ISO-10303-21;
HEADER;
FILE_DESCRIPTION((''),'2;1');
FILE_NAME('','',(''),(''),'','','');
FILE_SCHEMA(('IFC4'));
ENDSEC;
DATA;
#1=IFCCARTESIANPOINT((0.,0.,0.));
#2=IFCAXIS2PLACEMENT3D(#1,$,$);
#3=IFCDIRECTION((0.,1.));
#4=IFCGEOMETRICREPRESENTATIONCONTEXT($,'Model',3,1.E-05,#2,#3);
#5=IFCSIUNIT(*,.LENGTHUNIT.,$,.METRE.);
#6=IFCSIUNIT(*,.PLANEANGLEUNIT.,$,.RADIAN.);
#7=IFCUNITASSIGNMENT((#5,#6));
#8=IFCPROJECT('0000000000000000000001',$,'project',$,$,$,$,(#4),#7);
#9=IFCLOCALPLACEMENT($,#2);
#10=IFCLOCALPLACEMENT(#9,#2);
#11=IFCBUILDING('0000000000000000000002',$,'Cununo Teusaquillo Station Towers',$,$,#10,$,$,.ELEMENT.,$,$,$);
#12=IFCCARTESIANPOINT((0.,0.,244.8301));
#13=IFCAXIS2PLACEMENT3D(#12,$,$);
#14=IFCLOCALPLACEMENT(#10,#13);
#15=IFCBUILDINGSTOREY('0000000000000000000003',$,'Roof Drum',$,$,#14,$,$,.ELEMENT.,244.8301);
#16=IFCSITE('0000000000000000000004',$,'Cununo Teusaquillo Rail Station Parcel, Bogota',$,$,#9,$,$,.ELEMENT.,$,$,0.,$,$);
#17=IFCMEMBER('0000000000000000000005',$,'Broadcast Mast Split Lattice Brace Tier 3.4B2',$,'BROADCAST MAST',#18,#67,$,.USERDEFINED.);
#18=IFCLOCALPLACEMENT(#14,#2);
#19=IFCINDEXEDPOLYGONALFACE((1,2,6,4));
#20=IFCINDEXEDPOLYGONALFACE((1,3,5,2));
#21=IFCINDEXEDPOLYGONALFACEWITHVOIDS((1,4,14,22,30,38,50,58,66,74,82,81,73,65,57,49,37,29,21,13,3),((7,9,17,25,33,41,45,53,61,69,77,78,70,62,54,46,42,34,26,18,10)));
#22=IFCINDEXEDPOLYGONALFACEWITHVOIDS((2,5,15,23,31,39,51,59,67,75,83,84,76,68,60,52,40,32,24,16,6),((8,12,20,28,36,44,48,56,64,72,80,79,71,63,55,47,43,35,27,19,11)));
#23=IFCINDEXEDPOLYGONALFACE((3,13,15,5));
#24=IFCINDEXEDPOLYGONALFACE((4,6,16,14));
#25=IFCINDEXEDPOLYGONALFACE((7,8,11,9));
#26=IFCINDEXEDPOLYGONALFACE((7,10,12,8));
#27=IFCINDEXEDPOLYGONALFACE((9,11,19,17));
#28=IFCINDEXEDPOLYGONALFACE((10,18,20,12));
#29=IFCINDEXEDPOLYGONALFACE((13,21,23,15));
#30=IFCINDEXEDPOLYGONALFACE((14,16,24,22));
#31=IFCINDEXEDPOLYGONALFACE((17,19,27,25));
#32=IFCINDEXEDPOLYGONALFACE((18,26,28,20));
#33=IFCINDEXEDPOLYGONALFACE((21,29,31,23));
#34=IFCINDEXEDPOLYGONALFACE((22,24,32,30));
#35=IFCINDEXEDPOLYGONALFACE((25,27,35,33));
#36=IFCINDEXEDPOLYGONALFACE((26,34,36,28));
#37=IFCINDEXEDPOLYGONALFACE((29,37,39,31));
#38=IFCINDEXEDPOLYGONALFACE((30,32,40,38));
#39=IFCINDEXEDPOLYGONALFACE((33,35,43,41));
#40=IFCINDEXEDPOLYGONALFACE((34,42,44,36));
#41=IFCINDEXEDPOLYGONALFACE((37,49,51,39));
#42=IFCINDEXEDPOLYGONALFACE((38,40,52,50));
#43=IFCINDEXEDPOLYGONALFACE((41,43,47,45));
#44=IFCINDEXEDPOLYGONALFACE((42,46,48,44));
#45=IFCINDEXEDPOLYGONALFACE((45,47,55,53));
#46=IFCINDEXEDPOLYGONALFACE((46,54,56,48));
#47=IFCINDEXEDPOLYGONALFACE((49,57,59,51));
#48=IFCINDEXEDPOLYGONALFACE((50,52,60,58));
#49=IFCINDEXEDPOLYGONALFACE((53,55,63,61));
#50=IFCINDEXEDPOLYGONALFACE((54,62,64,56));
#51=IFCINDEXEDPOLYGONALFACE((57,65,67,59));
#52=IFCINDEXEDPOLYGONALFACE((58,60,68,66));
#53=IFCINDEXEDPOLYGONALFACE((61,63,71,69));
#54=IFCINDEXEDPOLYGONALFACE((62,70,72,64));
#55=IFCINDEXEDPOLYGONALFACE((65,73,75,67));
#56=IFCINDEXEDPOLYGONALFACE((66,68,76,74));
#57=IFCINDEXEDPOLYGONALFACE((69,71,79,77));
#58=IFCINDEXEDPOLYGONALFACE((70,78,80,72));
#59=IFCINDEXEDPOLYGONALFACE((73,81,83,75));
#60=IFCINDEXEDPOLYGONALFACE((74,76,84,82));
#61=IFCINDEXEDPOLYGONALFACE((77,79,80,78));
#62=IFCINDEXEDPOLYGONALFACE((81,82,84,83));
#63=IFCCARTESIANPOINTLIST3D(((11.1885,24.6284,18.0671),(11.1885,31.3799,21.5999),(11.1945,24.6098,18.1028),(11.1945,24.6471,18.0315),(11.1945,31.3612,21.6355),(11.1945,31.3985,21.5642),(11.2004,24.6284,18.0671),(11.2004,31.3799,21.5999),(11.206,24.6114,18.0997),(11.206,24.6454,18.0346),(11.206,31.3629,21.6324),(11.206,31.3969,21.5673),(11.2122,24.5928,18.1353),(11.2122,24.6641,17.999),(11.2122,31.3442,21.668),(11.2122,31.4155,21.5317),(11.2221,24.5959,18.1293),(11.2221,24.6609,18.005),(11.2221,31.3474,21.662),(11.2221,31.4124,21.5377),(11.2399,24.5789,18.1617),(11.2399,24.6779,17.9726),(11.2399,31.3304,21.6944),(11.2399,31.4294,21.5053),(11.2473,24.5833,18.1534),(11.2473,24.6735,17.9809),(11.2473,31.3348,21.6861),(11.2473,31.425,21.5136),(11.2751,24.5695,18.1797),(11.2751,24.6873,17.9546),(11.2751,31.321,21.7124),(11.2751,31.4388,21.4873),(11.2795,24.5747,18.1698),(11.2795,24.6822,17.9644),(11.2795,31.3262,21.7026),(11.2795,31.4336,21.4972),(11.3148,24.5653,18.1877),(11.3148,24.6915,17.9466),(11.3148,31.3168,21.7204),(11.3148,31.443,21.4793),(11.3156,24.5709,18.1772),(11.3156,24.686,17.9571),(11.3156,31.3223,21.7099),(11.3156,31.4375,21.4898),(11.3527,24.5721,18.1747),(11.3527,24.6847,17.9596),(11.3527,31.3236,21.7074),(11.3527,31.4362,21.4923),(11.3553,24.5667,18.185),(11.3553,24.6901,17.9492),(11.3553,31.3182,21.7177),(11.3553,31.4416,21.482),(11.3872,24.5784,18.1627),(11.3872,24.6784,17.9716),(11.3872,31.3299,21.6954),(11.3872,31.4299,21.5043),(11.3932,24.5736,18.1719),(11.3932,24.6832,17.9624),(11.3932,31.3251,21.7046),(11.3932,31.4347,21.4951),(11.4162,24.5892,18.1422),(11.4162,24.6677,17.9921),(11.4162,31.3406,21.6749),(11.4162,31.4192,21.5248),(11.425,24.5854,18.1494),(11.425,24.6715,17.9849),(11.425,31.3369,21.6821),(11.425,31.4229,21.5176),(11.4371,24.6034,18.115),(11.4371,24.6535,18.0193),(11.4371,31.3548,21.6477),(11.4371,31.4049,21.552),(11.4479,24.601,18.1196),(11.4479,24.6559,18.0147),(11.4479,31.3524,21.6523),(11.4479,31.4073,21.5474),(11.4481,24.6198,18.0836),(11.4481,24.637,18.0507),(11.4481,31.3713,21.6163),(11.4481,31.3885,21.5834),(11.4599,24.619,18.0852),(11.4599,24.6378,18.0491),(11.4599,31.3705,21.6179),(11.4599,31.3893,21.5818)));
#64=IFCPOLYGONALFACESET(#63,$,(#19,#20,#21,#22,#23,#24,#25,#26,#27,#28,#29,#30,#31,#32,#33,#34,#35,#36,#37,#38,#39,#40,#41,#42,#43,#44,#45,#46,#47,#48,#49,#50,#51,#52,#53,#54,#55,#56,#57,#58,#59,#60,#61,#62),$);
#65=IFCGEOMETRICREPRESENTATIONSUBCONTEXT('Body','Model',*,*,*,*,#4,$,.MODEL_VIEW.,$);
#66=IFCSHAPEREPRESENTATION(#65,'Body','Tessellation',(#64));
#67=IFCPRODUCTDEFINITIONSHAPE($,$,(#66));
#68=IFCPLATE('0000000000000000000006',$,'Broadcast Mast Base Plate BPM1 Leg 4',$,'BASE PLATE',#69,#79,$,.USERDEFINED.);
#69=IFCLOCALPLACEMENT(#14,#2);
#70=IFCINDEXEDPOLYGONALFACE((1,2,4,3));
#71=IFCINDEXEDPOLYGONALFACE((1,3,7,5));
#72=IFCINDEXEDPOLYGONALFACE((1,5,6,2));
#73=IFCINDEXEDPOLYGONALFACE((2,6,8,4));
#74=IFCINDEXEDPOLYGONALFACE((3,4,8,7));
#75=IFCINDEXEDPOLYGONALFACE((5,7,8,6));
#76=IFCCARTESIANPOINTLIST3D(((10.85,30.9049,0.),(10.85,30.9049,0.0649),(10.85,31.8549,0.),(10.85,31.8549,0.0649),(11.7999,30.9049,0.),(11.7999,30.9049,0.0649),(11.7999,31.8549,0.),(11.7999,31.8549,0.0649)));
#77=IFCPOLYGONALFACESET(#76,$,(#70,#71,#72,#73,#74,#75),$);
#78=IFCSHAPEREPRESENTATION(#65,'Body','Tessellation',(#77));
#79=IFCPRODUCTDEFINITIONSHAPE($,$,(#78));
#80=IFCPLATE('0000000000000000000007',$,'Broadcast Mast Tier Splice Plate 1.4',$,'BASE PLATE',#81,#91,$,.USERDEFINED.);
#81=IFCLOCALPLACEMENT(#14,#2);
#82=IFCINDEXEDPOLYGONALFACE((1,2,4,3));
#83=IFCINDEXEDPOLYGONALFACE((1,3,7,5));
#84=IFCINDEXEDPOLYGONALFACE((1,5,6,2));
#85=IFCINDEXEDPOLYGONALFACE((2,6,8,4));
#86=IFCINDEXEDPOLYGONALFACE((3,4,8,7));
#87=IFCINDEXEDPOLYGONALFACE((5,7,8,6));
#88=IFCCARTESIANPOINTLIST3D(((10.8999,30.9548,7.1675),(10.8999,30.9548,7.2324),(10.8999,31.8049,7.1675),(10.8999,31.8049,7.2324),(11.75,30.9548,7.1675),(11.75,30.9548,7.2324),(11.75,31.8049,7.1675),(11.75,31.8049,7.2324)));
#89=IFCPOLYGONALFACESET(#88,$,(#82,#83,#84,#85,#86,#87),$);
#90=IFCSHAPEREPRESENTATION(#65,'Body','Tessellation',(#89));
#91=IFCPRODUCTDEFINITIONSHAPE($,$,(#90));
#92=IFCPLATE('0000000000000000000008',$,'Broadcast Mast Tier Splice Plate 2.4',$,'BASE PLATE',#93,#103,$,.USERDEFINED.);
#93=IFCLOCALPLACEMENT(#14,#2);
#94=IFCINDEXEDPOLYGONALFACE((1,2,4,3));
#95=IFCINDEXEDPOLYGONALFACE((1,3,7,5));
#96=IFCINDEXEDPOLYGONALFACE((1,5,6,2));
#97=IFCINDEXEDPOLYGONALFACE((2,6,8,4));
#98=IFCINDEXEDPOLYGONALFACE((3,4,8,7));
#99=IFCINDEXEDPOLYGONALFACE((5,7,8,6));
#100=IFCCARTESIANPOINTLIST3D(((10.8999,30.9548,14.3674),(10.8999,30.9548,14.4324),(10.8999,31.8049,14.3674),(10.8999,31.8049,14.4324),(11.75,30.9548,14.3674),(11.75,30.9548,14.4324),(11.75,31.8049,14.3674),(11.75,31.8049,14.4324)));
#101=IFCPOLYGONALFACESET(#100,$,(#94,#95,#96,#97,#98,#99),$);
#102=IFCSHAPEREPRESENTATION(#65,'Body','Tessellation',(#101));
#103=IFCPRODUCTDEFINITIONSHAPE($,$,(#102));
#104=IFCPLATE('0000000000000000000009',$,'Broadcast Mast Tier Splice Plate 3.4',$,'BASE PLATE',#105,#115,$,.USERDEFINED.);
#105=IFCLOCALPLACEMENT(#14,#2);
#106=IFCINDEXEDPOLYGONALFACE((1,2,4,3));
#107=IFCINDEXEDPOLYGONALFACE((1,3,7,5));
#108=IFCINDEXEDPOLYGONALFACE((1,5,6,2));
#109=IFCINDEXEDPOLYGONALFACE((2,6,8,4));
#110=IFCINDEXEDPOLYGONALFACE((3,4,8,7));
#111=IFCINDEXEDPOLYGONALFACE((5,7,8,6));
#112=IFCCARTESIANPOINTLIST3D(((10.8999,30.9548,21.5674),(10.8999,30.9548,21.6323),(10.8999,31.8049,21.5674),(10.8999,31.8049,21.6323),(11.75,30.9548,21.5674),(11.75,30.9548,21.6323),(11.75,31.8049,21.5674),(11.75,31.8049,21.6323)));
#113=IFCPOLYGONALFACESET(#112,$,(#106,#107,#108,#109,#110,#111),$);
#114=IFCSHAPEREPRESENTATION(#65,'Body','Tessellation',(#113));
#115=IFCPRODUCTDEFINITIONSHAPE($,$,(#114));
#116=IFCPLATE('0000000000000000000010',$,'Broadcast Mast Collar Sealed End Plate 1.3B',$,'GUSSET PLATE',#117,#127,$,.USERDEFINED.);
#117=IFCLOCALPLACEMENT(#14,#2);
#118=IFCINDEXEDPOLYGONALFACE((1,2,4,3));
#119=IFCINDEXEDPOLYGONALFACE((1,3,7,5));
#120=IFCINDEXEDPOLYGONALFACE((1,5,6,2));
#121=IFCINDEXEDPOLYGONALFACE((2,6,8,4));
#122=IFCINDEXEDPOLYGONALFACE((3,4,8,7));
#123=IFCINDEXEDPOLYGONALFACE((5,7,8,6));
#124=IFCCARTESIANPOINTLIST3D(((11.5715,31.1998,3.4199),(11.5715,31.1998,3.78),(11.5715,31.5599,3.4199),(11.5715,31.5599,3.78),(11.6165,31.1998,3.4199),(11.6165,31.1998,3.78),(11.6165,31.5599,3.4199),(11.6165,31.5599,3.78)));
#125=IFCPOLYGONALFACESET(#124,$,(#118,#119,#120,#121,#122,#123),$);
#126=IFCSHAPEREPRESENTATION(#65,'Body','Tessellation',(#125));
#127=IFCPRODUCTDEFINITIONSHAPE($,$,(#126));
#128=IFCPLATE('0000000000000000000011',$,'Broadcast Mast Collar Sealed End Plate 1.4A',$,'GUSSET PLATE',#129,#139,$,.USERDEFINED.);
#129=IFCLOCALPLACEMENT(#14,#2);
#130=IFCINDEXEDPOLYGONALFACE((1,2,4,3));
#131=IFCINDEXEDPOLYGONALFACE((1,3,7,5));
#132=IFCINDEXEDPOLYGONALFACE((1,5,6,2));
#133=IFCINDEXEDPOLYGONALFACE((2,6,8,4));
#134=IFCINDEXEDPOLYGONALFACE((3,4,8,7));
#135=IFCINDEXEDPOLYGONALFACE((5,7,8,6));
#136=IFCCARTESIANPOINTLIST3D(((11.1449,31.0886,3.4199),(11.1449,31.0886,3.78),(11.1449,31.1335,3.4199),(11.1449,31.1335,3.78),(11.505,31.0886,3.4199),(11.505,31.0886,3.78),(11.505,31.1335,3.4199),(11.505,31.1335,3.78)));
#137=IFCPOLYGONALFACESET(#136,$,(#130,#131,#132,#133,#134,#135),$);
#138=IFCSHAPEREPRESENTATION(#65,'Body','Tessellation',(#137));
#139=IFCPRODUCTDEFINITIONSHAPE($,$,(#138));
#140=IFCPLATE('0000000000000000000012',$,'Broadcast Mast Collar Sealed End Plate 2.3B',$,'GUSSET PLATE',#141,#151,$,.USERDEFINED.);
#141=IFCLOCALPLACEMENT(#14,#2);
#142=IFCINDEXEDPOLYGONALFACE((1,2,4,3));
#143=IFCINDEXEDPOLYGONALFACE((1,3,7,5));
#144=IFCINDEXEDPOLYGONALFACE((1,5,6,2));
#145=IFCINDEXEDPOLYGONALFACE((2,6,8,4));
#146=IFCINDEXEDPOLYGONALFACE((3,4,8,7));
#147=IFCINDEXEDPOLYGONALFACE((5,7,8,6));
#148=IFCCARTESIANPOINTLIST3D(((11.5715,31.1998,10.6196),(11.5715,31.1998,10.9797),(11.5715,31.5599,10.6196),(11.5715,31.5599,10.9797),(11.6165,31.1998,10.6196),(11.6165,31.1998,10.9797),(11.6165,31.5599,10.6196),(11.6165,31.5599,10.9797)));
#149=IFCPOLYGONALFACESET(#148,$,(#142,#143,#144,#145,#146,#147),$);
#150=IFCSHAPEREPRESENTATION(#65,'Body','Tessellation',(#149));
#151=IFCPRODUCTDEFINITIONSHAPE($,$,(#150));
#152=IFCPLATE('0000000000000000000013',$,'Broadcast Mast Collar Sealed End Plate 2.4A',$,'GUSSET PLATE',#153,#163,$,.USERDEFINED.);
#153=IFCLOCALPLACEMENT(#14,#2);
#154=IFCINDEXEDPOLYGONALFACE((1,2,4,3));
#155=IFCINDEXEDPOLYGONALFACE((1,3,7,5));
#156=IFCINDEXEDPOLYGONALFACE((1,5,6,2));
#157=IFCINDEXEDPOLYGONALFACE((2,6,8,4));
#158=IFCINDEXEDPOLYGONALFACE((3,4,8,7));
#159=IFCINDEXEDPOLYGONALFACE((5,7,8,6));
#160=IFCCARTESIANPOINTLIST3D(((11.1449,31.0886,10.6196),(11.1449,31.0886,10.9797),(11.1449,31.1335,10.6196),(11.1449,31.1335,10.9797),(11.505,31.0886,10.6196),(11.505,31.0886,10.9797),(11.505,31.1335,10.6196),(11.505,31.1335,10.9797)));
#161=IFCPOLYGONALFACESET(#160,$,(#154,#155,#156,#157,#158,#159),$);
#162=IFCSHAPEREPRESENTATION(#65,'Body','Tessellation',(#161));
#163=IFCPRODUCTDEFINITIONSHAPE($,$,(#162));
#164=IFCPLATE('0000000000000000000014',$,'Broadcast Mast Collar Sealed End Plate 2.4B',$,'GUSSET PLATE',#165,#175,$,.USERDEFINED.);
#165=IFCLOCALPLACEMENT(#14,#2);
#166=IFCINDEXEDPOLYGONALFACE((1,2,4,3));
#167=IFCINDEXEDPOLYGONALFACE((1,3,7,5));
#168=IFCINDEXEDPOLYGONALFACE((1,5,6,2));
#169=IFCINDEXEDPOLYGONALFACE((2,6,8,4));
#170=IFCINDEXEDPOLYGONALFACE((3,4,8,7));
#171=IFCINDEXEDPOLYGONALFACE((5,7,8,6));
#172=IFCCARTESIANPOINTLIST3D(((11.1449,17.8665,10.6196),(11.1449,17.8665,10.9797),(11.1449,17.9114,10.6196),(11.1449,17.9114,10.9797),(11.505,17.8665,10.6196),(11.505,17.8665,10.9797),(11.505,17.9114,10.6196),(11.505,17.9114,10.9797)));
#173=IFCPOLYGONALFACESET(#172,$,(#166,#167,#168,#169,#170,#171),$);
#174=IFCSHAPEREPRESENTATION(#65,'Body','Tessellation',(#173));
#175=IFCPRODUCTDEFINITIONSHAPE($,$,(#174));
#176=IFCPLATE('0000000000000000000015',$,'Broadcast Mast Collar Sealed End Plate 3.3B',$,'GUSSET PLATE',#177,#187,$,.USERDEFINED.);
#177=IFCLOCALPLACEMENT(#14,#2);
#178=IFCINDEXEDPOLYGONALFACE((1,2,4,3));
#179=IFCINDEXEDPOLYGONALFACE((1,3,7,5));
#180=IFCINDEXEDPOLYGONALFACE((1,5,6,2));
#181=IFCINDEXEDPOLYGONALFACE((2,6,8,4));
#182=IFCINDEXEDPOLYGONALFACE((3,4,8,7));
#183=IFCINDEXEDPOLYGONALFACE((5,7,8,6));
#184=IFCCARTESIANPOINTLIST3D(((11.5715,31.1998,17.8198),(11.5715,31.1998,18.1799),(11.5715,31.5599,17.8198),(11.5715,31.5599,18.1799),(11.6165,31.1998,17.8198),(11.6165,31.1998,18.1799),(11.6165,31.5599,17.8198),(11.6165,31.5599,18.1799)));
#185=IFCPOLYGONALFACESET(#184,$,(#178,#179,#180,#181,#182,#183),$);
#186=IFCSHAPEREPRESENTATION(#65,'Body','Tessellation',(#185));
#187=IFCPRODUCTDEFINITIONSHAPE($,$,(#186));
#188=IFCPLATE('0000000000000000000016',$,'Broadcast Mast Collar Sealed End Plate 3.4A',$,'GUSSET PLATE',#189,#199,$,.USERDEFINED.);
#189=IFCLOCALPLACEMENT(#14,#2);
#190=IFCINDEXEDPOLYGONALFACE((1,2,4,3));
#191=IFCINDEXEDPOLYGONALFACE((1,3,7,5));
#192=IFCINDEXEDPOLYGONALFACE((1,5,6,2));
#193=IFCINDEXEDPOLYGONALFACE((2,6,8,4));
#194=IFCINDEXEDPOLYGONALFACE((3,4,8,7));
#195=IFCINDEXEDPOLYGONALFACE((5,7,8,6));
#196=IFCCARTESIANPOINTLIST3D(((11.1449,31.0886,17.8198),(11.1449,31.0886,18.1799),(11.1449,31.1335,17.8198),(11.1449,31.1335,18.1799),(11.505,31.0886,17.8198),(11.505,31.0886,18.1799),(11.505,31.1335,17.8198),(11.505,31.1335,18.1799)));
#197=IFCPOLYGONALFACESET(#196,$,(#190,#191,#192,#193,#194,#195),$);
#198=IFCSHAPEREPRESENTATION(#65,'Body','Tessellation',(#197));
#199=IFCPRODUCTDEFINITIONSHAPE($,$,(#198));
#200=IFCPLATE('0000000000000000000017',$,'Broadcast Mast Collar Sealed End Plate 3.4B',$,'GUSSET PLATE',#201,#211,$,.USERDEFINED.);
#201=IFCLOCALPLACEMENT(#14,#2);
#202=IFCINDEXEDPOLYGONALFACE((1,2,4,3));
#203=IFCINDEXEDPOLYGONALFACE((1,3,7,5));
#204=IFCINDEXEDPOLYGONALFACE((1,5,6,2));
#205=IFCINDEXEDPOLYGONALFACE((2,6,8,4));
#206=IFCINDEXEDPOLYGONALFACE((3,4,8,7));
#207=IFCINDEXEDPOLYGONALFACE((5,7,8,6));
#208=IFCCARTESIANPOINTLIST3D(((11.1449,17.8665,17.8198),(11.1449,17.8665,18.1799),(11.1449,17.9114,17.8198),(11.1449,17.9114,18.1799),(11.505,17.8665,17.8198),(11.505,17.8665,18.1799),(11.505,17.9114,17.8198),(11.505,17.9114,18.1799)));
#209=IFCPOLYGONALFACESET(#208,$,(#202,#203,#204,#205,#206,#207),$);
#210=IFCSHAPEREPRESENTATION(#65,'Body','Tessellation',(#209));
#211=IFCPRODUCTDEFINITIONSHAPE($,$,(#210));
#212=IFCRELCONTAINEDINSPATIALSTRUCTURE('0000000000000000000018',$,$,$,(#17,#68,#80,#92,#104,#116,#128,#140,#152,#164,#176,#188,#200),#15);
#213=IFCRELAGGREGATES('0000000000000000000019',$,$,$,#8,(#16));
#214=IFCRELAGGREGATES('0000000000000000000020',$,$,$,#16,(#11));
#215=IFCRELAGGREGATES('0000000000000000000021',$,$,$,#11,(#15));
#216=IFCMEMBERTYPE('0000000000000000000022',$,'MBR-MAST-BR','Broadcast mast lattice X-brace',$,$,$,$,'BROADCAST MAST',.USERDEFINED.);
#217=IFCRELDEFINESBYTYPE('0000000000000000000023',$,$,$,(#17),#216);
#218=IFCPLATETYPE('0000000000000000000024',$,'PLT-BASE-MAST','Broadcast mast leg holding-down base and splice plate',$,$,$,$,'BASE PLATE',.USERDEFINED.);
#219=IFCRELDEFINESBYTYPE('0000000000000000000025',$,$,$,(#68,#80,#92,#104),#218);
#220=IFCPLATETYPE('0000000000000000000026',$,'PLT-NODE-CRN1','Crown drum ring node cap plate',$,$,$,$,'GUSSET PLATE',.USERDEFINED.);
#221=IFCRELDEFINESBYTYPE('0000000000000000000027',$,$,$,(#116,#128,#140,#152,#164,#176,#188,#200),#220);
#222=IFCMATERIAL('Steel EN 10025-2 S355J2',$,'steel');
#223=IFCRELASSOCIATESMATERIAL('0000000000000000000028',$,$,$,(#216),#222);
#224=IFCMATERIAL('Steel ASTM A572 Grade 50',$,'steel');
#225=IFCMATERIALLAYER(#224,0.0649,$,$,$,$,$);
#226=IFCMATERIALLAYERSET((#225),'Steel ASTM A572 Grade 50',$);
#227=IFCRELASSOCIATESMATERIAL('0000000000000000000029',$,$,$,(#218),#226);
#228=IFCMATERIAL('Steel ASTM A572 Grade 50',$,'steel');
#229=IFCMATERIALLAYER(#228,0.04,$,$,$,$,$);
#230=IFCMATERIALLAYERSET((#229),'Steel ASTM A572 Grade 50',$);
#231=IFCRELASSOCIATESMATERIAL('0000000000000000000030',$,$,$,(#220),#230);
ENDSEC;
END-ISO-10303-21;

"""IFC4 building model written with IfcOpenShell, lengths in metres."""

from ifc_helpers import new_model, si_unit, direction, frame, origin, origin_2d, place, context, subcontext, project, spatial, rectangle, hollow_circle, extrude, source, transform, mapped, material, layer, layer_set, material_profile, profile_set, type_object, element, save


model = new_model("IFC4")

# Units and contexts
model_context = context("Model", 3, precision=1e-05, world=origin(), true_north=direction((0.0, 1.0)))
body_context = subcontext(model_context, "Body", "Model", "MODEL_VIEW")
ifc_project = project(units=[si_unit("LENGTHUNIT", "METRE"), si_unit("PLANEANGLEUNIT", "RADIAN")], contexts=[model_context])

# Site, building, storey
site_placement = place(None, origin())
site = spatial("IfcSite", under=ifc_project, at=site_placement, Name="Cununo Teusaquillo Rail Station Parcel, Bogota", CompositionType="ELEMENT", RefElevation=0.0)
building_placement = place(site_placement, origin())
building = spatial("IfcBuilding", under=site, at=building_placement, Name="Cununo Teusaquillo Station Towers", CompositionType="ELEMENT")
storey_placement = place(building_placement, frame((0.0, 0.0, 244.8301)))
storey = spatial("IfcBuildingStorey", under=building, at=storey_placement, Name="Roof Drum", CompositionType="ELEMENT", Elevation=244.8301)

# Member
ifc_material_1 = material(Name="Steel EN 10025-2 S355J2", Category="steel")
ifc_material_profile_1 = material_profile(ifc_material_1, hollow_circle(Radius=0.1365, WallThickness=0.012, at=origin_2d()), Name="CHS 273x12")
ifc_profile_set_1 = profile_set([ifc_material_profile_1], Name="Steel EN 10025-2 S355J2")
member_type = type_object("IfcMemberType", Name="MBR-MAST-BR", Description="Broadcast mast lattice X-brace", ElementType="BROADCAST MAST", PredefinedType="USERDEFINED", material=ifc_profile_set_1)
member_1_placement = place(storey_placement, frame((11.325, 24.6284, 18.0671), z_axis=(0.0, 0.886035, 0.463619), x_axis=(-1.0, 0.0, 0.0)))
element("IfcMember", 1, at=member_1_placement, inside=storey, type_object=member_type, Name="Broadcast Mast Split Lattice Brace Tier 3.4B2", ObjectType="BROADCAST MAST", PredefinedType="USERDEFINED", context=body_context, shape_type="SweptSolid", body=[
    extrude(hollow_circle(Radius=0.1365, WallThickness=0.012, at=origin_2d()), origin(), (0.0, 0.0, 1.0), 7.6199),
])

# Plates
ifc_material_2 = material(Name="Steel ASTM A572 Grade 50", Category="steel")
ifc_layer_1 = layer(ifc_material_2, 0.0649)
ifc_layer_set_1 = layer_set([ifc_layer_1], Name="Steel ASTM A572 Grade 50")
plate_type_1 = type_object("IfcPlateType", Name="PLT-BASE-MAST", Description="Broadcast mast leg holding-down base and splice plate", ElementType="BASE PLATE", PredefinedType="USERDEFINED", material=ifc_layer_set_1)
shared_shape_1 = source(origin(), body_context, "Body", "SweptSolid", [
    extrude(rectangle(XDim=0.95, YDim=0.95, at=origin_2d()), origin(), (0.0, 0.0, 1.0), 0.0649),
])
plate_placement = place(storey_placement, frame((11.325, 31.3799, 0.0), z_axis=(0.0, 0.0, 1.0), x_axis=(1.0, 0.0, 0.0)))
element("IfcPlate", 2, at=plate_placement, inside=storey, type_object=plate_type_1, Name="Broadcast Mast Base Plate BPM1 Leg 4", ObjectType="BASE PLATE", PredefinedType="USERDEFINED", context=body_context, shape_type="MappedRepresentation", body=[
    mapped(shared_shape_1, transform((0.0, 0.0, 0.0), x_axis=(1.0, 0.0, 0.0), y_axis=(0.0, 1.0, 0.0), z_axis=(0.0, 0.0, 1.0), scale=1.0)),
])
shared_shape_2 = source(origin(), body_context, "Body", "SweptSolid", [
    extrude(rectangle(XDim=0.8501, YDim=0.8501, at=origin_2d()), origin(), (0.0, 0.0, 1.0), 0.0649),
])
for number, where, z_axis, x_axis, name in (
    (3, (11.325, 31.3799, 7.1675), (0.0, 0.0, 1.0), (1.0, 0.0, 0.0), "Broadcast Mast Tier Splice Plate 1.4"),
    (4, (11.325, 31.3799, 14.3674), (0.0, 0.0, 1.0), (1.0, 0.0, 0.0), "Broadcast Mast Tier Splice Plate 2.4"),
    (5, (11.325, 31.3799, 21.5674), (0.0, 0.0, 1.0), (1.0, 0.0, 0.0), "Broadcast Mast Tier Splice Plate 3.4"),
):
    element("IfcPlate", number, at=place(storey_placement, frame(where, z_axis=z_axis, x_axis=x_axis)), inside=storey, type_object=plate_type_1, Name=name, ObjectType="BASE PLATE", PredefinedType="USERDEFINED", context=body_context, shape_type="MappedRepresentation", body=[
        mapped(shared_shape_2, transform((0.0, 0.0, 0.0), x_axis=(1.0, 0.0, 0.0), y_axis=(0.0, 1.0, 0.0), z_axis=(0.0, 0.0, 1.0), scale=1.0)),
    ])
ifc_material_3 = material(Name="Steel ASTM A572 Grade 50", Category="steel")
ifc_layer_2 = layer(ifc_material_3, 0.04)
ifc_layer_set_2 = layer_set([ifc_layer_2], Name="Steel ASTM A572 Grade 50")
plate_type_2 = type_object("IfcPlateType", Name="PLT-NODE-CRN1", Description="Crown drum ring node cap plate", ElementType="GUSSET PLATE", PredefinedType="USERDEFINED", material=ifc_layer_set_2)
shared_shape_3 = source(origin(), body_context, "Body", "SweptSolid", [
    extrude(rectangle(XDim=0.0449, YDim=0.3601, at=origin_2d()), origin(), (0.0, 0.0, 1.0), 0.3601),
])
for number, where, z_axis, x_axis, name in (
    (6, (11.594, 31.3799, 3.4199), (0.0, 0.0, 1.0), (-1.0, 0.0, 0.0), "Broadcast Mast Collar Sealed End Plate 1.3B"),
    (7, (11.325, 31.1111, 3.4199), (0.0, 0.0, 1.0), (0.0, -1.0, 0.0), "Broadcast Mast Collar Sealed End Plate 1.4A"),
    (8, (11.594, 31.3799, 10.6196), (0.0, 0.0, 1.0), (-1.0, 0.0, 0.0), "Broadcast Mast Collar Sealed End Plate 2.3B"),
    (9, (11.325, 31.1111, 10.6196), (0.0, 0.0, 1.0), (0.0, -1.0, 0.0), "Broadcast Mast Collar Sealed End Plate 2.4A"),
    (10, (11.325, 17.8889, 10.6196), (0.0, 0.0, 1.0), (0.0, -1.0, 0.0), "Broadcast Mast Collar Sealed End Plate 2.4B"),
    (11, (11.594, 31.3799, 17.8198), (0.0, 0.0, 1.0), (-1.0, 0.0, 0.0), "Broadcast Mast Collar Sealed End Plate 3.3B"),
    (12, (11.325, 31.1111, 17.8198), (0.0, 0.0, 1.0), (0.0, -1.0, 0.0), "Broadcast Mast Collar Sealed End Plate 3.4A"),
    (13, (11.325, 17.8889, 17.8198), (0.0, 0.0, 1.0), (0.0, -1.0, 0.0), "Broadcast Mast Collar Sealed End Plate 3.4B"),
):
    element("IfcPlate", number, at=place(storey_placement, frame(where, z_axis=z_axis, x_axis=x_axis)), inside=storey, type_object=plate_type_2, Name=name, ObjectType="GUSSET PLATE", PredefinedType="USERDEFINED", context=body_context, shape_type="MappedRepresentation", body=[
        mapped(shared_shape_3, transform((0.0, 0.0, 0.0), x_axis=(1.0, 0.0, 0.0), y_axis=(0.0, 1.0, 0.0), z_axis=(0.0, 0.0, 1.0), scale=1.0)),
    ])

save(model, "model.ifc")
